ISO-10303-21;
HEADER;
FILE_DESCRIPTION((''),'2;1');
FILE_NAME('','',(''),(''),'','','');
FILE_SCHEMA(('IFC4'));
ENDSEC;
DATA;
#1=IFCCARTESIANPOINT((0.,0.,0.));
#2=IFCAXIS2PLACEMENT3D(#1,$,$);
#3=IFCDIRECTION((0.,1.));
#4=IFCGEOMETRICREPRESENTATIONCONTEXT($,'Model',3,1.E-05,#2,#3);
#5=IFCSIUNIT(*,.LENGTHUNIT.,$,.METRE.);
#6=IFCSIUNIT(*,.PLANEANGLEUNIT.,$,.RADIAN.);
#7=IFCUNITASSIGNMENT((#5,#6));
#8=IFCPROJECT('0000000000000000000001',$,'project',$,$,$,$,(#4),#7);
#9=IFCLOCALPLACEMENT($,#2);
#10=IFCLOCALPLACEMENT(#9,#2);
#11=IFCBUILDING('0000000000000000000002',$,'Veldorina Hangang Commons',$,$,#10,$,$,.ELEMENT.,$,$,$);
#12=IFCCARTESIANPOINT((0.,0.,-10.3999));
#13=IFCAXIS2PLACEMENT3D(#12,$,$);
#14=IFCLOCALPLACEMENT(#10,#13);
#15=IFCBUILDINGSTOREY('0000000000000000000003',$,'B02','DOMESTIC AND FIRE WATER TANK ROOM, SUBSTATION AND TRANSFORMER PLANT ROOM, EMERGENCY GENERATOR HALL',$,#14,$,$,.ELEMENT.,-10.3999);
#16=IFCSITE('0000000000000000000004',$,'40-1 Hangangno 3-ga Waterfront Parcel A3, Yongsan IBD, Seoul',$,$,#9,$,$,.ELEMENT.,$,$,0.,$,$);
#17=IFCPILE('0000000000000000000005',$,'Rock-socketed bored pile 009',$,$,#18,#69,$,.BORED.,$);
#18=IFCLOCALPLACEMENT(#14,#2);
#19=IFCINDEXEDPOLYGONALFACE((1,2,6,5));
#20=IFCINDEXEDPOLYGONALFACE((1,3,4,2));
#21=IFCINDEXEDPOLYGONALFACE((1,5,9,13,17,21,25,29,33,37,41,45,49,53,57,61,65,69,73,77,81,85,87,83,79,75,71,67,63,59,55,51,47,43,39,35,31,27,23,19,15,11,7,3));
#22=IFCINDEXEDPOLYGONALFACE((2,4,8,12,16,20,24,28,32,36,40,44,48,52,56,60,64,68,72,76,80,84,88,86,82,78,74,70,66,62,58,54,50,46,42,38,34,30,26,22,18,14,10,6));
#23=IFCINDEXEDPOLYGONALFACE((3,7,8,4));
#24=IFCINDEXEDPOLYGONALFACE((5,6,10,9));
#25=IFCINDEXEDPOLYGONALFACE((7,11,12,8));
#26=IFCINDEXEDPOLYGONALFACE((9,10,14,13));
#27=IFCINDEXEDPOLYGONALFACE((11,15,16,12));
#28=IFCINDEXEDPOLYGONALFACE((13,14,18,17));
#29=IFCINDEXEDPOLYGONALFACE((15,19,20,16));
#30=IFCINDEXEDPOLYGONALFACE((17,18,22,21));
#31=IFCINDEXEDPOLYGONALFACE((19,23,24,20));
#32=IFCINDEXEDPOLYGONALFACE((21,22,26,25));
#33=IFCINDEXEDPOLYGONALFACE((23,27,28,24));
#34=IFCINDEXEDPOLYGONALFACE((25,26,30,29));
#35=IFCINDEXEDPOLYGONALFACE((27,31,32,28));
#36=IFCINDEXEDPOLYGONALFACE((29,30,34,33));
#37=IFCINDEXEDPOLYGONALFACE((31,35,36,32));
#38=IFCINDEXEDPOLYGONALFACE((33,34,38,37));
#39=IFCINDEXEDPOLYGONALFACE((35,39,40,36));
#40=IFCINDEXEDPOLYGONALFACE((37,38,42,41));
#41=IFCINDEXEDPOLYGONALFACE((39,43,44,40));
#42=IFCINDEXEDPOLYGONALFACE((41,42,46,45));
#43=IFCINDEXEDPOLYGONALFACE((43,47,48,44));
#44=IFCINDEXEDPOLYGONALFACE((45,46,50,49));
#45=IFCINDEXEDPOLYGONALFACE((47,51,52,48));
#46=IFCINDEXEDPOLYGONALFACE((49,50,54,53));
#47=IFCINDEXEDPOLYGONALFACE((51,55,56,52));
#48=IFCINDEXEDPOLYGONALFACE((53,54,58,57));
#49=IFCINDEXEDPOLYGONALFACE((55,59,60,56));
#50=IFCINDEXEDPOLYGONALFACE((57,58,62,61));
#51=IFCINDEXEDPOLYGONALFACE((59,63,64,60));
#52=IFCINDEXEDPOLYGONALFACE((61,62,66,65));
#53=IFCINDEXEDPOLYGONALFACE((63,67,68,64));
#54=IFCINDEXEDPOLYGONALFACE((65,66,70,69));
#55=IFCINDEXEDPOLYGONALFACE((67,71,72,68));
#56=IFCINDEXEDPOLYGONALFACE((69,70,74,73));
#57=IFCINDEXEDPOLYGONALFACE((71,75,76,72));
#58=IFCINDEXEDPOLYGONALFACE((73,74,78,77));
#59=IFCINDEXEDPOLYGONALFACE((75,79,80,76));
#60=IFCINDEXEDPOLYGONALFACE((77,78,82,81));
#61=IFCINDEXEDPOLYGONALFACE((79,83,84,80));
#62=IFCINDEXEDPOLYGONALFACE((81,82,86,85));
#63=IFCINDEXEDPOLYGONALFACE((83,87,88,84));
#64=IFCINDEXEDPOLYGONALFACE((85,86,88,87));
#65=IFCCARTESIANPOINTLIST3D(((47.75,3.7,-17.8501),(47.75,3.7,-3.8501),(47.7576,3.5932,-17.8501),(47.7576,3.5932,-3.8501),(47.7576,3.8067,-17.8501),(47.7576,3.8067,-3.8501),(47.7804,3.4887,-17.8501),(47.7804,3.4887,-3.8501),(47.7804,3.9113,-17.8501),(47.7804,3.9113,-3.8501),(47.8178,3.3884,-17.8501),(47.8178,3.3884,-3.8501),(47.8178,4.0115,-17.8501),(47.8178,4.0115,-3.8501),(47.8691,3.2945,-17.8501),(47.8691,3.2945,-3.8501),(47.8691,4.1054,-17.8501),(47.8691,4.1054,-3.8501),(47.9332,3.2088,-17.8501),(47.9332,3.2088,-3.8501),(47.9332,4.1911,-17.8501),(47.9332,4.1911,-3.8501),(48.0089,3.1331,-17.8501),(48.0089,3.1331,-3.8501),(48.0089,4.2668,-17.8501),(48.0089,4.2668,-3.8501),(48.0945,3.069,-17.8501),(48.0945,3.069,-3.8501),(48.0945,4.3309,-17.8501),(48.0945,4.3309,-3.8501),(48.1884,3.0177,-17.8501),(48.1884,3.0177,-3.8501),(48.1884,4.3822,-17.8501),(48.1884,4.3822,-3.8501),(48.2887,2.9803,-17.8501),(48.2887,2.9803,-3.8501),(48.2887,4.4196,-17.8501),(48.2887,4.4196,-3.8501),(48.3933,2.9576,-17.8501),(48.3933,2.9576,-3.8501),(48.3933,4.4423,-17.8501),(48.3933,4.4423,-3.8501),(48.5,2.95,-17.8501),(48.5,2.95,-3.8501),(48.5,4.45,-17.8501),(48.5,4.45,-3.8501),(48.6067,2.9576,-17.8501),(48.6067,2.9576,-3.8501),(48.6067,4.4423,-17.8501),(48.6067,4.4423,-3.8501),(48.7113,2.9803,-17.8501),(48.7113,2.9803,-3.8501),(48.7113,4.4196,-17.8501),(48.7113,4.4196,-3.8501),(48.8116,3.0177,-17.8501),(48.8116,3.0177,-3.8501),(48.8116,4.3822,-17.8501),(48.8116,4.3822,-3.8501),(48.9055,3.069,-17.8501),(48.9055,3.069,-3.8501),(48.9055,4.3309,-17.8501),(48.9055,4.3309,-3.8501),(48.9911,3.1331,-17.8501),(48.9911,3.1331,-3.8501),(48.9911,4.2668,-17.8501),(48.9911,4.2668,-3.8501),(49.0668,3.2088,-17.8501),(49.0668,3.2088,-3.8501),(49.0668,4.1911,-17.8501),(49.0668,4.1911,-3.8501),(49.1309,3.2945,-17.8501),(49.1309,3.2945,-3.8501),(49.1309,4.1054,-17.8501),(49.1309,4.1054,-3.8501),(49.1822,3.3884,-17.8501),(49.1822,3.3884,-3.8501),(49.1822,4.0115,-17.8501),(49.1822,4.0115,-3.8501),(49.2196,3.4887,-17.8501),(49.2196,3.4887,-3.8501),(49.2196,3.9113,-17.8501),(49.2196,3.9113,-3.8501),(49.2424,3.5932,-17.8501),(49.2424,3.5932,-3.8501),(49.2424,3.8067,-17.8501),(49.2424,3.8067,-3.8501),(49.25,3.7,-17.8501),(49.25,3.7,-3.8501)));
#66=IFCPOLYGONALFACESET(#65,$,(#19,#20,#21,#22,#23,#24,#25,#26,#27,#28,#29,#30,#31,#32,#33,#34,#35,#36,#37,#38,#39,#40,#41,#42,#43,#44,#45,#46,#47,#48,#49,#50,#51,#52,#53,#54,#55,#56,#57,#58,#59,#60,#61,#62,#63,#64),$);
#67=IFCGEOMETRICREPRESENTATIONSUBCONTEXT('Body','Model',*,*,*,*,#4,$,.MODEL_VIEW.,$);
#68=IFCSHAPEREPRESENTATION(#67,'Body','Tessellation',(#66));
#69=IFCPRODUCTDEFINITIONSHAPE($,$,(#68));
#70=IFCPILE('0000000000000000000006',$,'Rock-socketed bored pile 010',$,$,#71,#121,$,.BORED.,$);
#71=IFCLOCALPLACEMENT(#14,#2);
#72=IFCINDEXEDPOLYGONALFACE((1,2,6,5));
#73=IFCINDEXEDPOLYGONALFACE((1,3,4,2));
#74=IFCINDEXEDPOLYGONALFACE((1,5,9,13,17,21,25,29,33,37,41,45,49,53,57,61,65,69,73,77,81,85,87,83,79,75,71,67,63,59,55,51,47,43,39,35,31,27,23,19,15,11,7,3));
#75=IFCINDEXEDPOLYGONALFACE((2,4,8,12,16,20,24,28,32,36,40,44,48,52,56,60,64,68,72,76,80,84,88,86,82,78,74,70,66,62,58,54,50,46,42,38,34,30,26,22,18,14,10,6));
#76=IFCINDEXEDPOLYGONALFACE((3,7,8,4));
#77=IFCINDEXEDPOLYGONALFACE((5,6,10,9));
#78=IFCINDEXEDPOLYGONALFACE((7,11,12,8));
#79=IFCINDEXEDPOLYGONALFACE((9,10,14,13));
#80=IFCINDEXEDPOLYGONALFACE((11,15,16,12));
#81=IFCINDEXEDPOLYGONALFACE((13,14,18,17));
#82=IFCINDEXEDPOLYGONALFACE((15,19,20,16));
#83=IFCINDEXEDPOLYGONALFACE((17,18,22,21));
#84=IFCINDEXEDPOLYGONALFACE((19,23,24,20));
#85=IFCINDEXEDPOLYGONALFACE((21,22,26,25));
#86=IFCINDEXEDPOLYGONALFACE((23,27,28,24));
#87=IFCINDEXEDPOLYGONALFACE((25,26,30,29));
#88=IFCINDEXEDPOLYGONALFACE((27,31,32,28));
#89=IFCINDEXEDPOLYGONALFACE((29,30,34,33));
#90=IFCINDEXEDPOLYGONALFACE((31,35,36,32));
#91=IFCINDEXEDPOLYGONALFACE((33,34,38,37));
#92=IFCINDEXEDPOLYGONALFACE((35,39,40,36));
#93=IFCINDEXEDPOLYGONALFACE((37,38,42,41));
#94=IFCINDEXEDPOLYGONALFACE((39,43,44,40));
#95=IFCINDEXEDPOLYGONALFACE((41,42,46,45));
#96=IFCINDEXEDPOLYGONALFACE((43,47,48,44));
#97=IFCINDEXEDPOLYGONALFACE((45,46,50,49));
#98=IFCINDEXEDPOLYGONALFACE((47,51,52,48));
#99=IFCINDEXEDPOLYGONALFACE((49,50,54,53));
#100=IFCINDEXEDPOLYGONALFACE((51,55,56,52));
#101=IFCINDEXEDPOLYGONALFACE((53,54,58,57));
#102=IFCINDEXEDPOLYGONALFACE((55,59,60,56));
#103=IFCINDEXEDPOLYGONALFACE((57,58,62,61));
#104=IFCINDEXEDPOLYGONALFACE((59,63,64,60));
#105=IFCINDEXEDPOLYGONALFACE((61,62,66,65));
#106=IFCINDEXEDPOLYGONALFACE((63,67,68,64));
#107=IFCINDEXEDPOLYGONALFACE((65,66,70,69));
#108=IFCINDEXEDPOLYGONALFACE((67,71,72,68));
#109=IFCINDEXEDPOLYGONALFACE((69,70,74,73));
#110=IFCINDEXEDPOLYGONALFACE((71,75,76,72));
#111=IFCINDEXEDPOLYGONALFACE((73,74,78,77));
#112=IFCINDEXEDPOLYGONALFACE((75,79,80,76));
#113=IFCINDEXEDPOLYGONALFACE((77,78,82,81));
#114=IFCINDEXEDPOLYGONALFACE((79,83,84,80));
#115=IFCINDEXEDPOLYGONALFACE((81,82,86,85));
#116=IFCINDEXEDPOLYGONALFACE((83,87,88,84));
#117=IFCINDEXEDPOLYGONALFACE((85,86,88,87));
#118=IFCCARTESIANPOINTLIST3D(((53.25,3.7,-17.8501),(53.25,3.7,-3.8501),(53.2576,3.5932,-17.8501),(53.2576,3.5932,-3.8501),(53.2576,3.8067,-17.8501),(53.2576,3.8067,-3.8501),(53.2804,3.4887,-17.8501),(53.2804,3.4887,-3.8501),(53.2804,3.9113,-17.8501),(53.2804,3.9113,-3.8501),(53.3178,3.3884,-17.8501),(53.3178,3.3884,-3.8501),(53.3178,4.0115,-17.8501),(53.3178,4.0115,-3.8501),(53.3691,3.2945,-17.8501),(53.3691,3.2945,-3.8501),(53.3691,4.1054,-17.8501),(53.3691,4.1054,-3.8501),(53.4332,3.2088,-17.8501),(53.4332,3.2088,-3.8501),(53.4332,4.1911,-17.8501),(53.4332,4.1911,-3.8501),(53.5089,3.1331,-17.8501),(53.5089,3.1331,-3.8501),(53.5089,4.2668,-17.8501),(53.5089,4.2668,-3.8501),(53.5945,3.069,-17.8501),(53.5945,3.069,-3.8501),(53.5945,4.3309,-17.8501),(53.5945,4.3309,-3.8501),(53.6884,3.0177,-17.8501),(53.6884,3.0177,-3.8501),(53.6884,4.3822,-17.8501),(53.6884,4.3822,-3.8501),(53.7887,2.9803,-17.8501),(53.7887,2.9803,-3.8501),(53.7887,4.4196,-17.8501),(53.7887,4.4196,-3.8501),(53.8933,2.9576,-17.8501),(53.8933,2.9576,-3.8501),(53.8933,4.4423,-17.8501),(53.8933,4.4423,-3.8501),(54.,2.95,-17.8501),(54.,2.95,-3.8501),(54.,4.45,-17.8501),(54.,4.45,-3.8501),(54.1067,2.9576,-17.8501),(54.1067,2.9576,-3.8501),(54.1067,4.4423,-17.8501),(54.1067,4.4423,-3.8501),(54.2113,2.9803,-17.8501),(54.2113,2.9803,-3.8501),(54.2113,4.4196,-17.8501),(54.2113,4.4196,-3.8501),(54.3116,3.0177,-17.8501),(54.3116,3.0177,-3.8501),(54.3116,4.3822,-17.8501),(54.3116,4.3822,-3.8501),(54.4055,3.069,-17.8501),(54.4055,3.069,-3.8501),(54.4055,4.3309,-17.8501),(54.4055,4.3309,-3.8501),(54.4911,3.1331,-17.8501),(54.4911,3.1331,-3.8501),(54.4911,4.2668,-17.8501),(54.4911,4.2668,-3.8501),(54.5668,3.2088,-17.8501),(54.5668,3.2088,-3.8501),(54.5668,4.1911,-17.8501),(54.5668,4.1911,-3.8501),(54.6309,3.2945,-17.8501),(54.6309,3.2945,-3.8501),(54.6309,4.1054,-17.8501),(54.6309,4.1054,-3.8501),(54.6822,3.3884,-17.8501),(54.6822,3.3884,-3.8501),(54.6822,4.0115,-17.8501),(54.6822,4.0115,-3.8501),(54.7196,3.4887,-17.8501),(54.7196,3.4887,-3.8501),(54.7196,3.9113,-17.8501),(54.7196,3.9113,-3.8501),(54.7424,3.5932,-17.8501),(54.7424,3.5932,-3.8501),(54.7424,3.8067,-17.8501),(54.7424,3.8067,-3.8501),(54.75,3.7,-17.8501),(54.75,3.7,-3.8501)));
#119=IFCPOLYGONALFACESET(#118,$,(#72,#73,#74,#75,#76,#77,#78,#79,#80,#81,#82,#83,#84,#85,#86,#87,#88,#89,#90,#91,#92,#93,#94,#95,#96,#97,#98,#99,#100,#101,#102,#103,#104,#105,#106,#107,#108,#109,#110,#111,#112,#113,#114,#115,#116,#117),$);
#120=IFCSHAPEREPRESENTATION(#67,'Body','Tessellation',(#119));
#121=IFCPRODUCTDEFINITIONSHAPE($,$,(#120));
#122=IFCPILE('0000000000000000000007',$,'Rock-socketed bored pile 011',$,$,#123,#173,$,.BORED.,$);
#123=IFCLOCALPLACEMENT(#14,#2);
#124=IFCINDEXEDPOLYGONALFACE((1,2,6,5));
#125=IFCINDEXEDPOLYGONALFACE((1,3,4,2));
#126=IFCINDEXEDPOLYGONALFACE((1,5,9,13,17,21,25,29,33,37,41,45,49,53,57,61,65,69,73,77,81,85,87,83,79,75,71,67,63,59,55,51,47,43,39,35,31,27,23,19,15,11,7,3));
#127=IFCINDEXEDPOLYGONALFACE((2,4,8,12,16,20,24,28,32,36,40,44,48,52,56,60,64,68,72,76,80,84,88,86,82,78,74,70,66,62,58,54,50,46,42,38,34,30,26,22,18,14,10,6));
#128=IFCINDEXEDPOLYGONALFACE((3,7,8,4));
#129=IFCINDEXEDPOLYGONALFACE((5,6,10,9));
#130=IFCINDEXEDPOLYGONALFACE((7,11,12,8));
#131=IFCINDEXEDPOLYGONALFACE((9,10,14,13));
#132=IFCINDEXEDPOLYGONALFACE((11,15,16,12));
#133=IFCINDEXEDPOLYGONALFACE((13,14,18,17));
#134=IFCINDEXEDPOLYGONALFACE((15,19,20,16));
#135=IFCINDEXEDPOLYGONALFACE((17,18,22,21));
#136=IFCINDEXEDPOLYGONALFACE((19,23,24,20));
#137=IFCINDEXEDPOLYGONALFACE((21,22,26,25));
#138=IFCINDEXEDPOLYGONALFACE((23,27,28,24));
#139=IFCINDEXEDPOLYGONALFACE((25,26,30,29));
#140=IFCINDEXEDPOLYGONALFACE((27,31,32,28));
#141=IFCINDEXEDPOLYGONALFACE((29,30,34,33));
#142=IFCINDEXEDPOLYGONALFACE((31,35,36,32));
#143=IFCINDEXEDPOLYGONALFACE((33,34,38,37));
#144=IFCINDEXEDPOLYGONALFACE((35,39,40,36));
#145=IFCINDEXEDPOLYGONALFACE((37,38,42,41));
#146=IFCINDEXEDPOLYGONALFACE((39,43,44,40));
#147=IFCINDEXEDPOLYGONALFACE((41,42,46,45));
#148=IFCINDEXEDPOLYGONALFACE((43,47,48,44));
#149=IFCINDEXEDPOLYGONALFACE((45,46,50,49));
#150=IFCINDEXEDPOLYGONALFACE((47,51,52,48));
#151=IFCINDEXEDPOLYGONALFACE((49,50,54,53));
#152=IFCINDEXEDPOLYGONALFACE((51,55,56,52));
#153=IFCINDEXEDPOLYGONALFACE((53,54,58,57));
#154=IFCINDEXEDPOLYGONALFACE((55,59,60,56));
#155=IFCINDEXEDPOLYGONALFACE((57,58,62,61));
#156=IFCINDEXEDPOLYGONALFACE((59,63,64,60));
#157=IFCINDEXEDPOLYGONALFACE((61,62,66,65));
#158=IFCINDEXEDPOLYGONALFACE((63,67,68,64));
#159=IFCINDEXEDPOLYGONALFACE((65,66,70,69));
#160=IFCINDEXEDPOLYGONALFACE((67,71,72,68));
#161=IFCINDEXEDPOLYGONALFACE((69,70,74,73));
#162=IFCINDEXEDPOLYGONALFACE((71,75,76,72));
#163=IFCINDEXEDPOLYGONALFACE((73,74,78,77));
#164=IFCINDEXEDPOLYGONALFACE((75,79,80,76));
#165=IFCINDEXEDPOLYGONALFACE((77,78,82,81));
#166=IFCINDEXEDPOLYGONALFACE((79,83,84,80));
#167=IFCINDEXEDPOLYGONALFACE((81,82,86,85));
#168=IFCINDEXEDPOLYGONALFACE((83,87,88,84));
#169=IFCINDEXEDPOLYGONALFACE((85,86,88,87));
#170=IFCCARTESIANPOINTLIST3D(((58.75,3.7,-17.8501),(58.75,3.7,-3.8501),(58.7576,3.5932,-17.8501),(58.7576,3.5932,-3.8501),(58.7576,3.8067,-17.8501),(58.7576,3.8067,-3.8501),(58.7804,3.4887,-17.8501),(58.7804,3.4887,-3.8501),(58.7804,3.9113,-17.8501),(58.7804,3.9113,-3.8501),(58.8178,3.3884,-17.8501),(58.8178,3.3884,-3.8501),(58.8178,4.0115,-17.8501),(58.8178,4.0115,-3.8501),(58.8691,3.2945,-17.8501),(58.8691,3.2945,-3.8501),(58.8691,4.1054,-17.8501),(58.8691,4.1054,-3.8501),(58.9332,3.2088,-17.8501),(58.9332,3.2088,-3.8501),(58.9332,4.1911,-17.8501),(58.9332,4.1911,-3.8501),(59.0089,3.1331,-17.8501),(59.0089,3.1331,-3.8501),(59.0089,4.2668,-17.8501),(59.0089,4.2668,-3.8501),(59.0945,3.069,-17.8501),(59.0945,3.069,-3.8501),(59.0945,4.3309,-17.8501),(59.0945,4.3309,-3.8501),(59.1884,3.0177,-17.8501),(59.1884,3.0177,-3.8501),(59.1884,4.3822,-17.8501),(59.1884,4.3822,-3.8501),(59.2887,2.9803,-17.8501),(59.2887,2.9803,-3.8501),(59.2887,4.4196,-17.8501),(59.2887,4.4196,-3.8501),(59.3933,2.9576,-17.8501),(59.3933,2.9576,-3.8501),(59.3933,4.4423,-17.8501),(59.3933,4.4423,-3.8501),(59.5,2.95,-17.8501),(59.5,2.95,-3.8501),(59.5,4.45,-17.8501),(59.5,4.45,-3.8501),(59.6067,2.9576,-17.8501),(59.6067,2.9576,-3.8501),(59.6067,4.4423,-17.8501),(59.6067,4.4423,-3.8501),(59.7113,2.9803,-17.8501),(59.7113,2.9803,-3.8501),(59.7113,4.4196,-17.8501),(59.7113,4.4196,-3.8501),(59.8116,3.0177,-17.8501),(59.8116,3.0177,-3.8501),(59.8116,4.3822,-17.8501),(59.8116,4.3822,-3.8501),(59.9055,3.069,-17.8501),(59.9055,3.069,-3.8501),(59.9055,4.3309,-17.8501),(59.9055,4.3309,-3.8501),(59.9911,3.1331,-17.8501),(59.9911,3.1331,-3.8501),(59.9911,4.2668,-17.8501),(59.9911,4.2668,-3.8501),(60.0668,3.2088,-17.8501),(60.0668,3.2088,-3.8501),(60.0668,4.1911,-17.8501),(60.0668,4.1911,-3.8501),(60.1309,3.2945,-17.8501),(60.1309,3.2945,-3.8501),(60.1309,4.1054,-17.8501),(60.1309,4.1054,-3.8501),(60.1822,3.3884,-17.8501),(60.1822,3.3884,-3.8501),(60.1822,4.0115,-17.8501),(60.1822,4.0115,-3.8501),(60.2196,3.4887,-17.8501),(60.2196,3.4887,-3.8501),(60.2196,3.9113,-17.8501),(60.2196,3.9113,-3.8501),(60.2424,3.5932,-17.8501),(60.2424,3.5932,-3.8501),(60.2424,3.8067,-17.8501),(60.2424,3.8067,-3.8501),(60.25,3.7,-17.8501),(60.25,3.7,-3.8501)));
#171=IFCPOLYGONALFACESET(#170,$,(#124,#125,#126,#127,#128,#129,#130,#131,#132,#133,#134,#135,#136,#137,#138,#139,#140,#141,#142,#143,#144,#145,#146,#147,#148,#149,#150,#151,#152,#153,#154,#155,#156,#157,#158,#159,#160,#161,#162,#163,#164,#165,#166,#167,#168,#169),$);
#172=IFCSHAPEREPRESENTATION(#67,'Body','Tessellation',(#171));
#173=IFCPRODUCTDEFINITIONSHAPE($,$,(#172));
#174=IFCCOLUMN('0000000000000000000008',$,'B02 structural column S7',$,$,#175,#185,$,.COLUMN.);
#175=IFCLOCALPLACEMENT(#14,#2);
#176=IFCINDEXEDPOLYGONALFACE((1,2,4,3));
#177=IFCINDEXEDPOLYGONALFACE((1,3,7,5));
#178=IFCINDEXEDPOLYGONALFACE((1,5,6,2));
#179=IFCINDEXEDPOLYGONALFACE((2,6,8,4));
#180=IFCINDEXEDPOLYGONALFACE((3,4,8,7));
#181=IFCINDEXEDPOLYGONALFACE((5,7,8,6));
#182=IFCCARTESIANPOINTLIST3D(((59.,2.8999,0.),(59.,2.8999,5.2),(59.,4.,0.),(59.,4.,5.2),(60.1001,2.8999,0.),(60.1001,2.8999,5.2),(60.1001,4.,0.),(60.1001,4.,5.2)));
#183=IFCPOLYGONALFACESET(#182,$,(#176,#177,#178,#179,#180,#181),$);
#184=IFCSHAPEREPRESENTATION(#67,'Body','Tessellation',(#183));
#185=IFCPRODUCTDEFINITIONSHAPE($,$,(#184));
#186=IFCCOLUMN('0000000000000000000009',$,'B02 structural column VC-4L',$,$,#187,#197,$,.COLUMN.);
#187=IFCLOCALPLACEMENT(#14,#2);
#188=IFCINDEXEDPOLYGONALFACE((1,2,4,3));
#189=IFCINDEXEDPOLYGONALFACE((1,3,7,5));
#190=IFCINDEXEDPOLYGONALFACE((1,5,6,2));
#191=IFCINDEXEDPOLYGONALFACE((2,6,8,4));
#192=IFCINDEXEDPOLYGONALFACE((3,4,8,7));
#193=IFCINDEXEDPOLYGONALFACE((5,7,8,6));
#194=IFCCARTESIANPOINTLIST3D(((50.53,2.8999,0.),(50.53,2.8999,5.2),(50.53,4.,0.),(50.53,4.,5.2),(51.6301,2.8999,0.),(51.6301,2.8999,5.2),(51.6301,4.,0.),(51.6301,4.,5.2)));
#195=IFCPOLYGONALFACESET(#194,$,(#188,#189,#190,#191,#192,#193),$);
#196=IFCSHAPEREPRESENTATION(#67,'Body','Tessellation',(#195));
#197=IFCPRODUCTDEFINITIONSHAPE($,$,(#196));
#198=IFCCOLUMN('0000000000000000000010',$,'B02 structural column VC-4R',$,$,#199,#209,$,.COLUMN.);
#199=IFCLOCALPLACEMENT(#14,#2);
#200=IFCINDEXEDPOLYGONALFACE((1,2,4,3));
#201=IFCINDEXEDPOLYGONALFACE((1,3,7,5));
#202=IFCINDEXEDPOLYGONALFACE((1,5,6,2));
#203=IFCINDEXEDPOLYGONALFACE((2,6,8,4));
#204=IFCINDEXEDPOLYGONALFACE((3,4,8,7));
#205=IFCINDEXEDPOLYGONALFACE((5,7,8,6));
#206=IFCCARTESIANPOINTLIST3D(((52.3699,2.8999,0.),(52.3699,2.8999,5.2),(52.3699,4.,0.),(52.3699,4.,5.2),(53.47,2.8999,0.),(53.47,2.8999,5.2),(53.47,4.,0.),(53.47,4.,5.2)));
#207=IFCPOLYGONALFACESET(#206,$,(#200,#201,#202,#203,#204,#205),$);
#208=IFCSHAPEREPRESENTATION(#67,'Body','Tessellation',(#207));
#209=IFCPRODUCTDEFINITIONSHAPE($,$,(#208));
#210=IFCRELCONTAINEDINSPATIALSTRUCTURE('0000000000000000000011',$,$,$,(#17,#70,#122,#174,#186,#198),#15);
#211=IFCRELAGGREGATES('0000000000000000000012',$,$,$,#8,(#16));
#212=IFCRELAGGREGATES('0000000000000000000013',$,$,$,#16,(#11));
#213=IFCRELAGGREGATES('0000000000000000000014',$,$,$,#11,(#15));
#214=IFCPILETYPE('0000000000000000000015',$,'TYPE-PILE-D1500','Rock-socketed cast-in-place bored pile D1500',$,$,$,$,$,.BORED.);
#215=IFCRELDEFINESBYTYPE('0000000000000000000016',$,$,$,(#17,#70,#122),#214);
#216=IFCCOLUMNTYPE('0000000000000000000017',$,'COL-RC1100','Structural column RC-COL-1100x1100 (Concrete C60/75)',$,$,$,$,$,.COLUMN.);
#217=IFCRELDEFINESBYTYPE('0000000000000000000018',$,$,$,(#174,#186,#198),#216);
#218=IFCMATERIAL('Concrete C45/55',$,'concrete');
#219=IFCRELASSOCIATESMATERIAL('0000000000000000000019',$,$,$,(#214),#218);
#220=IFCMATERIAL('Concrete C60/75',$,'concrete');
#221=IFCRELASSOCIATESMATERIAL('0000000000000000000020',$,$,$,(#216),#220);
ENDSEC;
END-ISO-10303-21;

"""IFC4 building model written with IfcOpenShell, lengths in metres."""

from ifc_helpers import new_model, si_unit, direction, frame, origin, origin_2d, place, context, subcontext, project, spatial, rectangle, circle, extrude, material, material_profile, profile_set, type_object, element, save


model = new_model("IFC4")

# Units and contexts
model_context = context("Model", 3, precision=1e-05, world=origin(), true_north=direction((0.0, 1.0)))
body_context = subcontext(model_context, "Body", "Model", "MODEL_VIEW")
ifc_project = project(units=[si_unit("LENGTHUNIT", "METRE"), si_unit("PLANEANGLEUNIT", "RADIAN")], contexts=[model_context])

# Site, building, storey
site_placement = place(None, origin())
site = spatial("IfcSite", under=ifc_project, at=site_placement, Name="40-1 Hangangno 3-ga Waterfront Parcel A3, Yongsan IBD, Seoul", CompositionType="ELEMENT", RefElevation=0.0)
building_placement = place(site_placement, origin())
building = spatial("IfcBuilding", under=site, at=building_placement, Name="Veldorina Hangang Commons", CompositionType="ELEMENT")
storey_placement = place(building_placement, frame((0.0, 0.0, -10.3999)))
storey = spatial("IfcBuildingStorey", under=building, at=storey_placement, Name="B02", Description="DOMESTIC AND FIRE WATER TANK ROOM, SUBSTATION AND TRANSFORMER PLANT ROOM, EMERGENCY GENERATOR HALL", CompositionType="ELEMENT", Elevation=-10.3999)

# Piles
ifc_material_1 = material(Name="Concrete C45/55", Category="concrete")
ifc_material_profile_1 = material_profile(ifc_material_1, circle(Radius=0.75, at=origin_2d()), Name="PILE-D1500")
ifc_profile_set_1 = profile_set([ifc_material_profile_1], Name="Concrete C45/55")
pile_type_1 = type_object("IfcPileType", Name="TYPE-PILE-D1500", Description="Rock-socketed cast-in-place bored pile D1500", PredefinedType="BORED", material=ifc_profile_set_1)
for number, where, z_axis, x_axis, name in (
    (1, (48.5, 3.7, -3.8501), (0.0, 0.0, -1.0), (1.0, 0.0, 0.0), "Rock-socketed bored pile 009"),
    (2, (54.0, 3.7, -3.8501), (0.0, 0.0, -1.0), (1.0, 0.0, 0.0), "Rock-socketed bored pile 010"),
    (3, (59.5, 3.7, -3.8501), (0.0, 0.0, -1.0), (1.0, 0.0, 0.0), "Rock-socketed bored pile 011"),
):
    element("IfcPile", number, at=place(storey_placement, frame(where, z_axis=z_axis, x_axis=x_axis)), inside=storey, type_object=pile_type_1, Name=name, PredefinedType="BORED", context=body_context, shape_type="SweptSolid", body=[
        extrude(circle(Radius=0.75, at=origin_2d()), origin(), (0.0, 0.0, 1.0), 14.0),
    ])

# Columns
ifc_material_2 = material(Name="Concrete C60/75", Category="concrete")
ifc_material_profile_2 = material_profile(ifc_material_2, rectangle(XDim=1.1001, YDim=1.1001, at=origin_2d()), Name="RC-COL-1100x1100")
ifc_profile_set_2 = profile_set([ifc_material_profile_2], Name="Concrete C60/75")
column_type_1 = type_object("IfcColumnType", Name="COL-RC1100", Description="Structural column RC-COL-1100x1100 (Concrete C60/75)", PredefinedType="COLUMN", material=ifc_profile_set_2)
for number, where, z_axis, x_axis, name in (
    (4, (59.55, 3.45, 0.0), (0.0, 0.0, 1.0), (1.0, 0.0, 0.0), "B02 structural column S7"),
    (5, (51.0801, 3.45, 0.0), (0.0, 0.0, 1.0), (1.0, 0.0, 0.0), "B02 structural column VC-4L"),
    (6, (52.9199, 3.45, 0.0), (0.0, 0.0, 1.0), (1.0, 0.0, 0.0), "B02 structural column VC-4R"),
):
    element("IfcColumn", number, at=place(storey_placement, frame(where, z_axis=z_axis, x_axis=x_axis)), inside=storey, type_object=column_type_1, Name=name, PredefinedType="COLUMN", context=body_context, shape_type="SweptSolid", body=[
        extrude(rectangle(XDim=1.1001, YDim=1.1001, at=origin_2d()), origin(), (0.0, 0.0, 1.0), 5.2),
    ])

save(model, "model.ifc")
